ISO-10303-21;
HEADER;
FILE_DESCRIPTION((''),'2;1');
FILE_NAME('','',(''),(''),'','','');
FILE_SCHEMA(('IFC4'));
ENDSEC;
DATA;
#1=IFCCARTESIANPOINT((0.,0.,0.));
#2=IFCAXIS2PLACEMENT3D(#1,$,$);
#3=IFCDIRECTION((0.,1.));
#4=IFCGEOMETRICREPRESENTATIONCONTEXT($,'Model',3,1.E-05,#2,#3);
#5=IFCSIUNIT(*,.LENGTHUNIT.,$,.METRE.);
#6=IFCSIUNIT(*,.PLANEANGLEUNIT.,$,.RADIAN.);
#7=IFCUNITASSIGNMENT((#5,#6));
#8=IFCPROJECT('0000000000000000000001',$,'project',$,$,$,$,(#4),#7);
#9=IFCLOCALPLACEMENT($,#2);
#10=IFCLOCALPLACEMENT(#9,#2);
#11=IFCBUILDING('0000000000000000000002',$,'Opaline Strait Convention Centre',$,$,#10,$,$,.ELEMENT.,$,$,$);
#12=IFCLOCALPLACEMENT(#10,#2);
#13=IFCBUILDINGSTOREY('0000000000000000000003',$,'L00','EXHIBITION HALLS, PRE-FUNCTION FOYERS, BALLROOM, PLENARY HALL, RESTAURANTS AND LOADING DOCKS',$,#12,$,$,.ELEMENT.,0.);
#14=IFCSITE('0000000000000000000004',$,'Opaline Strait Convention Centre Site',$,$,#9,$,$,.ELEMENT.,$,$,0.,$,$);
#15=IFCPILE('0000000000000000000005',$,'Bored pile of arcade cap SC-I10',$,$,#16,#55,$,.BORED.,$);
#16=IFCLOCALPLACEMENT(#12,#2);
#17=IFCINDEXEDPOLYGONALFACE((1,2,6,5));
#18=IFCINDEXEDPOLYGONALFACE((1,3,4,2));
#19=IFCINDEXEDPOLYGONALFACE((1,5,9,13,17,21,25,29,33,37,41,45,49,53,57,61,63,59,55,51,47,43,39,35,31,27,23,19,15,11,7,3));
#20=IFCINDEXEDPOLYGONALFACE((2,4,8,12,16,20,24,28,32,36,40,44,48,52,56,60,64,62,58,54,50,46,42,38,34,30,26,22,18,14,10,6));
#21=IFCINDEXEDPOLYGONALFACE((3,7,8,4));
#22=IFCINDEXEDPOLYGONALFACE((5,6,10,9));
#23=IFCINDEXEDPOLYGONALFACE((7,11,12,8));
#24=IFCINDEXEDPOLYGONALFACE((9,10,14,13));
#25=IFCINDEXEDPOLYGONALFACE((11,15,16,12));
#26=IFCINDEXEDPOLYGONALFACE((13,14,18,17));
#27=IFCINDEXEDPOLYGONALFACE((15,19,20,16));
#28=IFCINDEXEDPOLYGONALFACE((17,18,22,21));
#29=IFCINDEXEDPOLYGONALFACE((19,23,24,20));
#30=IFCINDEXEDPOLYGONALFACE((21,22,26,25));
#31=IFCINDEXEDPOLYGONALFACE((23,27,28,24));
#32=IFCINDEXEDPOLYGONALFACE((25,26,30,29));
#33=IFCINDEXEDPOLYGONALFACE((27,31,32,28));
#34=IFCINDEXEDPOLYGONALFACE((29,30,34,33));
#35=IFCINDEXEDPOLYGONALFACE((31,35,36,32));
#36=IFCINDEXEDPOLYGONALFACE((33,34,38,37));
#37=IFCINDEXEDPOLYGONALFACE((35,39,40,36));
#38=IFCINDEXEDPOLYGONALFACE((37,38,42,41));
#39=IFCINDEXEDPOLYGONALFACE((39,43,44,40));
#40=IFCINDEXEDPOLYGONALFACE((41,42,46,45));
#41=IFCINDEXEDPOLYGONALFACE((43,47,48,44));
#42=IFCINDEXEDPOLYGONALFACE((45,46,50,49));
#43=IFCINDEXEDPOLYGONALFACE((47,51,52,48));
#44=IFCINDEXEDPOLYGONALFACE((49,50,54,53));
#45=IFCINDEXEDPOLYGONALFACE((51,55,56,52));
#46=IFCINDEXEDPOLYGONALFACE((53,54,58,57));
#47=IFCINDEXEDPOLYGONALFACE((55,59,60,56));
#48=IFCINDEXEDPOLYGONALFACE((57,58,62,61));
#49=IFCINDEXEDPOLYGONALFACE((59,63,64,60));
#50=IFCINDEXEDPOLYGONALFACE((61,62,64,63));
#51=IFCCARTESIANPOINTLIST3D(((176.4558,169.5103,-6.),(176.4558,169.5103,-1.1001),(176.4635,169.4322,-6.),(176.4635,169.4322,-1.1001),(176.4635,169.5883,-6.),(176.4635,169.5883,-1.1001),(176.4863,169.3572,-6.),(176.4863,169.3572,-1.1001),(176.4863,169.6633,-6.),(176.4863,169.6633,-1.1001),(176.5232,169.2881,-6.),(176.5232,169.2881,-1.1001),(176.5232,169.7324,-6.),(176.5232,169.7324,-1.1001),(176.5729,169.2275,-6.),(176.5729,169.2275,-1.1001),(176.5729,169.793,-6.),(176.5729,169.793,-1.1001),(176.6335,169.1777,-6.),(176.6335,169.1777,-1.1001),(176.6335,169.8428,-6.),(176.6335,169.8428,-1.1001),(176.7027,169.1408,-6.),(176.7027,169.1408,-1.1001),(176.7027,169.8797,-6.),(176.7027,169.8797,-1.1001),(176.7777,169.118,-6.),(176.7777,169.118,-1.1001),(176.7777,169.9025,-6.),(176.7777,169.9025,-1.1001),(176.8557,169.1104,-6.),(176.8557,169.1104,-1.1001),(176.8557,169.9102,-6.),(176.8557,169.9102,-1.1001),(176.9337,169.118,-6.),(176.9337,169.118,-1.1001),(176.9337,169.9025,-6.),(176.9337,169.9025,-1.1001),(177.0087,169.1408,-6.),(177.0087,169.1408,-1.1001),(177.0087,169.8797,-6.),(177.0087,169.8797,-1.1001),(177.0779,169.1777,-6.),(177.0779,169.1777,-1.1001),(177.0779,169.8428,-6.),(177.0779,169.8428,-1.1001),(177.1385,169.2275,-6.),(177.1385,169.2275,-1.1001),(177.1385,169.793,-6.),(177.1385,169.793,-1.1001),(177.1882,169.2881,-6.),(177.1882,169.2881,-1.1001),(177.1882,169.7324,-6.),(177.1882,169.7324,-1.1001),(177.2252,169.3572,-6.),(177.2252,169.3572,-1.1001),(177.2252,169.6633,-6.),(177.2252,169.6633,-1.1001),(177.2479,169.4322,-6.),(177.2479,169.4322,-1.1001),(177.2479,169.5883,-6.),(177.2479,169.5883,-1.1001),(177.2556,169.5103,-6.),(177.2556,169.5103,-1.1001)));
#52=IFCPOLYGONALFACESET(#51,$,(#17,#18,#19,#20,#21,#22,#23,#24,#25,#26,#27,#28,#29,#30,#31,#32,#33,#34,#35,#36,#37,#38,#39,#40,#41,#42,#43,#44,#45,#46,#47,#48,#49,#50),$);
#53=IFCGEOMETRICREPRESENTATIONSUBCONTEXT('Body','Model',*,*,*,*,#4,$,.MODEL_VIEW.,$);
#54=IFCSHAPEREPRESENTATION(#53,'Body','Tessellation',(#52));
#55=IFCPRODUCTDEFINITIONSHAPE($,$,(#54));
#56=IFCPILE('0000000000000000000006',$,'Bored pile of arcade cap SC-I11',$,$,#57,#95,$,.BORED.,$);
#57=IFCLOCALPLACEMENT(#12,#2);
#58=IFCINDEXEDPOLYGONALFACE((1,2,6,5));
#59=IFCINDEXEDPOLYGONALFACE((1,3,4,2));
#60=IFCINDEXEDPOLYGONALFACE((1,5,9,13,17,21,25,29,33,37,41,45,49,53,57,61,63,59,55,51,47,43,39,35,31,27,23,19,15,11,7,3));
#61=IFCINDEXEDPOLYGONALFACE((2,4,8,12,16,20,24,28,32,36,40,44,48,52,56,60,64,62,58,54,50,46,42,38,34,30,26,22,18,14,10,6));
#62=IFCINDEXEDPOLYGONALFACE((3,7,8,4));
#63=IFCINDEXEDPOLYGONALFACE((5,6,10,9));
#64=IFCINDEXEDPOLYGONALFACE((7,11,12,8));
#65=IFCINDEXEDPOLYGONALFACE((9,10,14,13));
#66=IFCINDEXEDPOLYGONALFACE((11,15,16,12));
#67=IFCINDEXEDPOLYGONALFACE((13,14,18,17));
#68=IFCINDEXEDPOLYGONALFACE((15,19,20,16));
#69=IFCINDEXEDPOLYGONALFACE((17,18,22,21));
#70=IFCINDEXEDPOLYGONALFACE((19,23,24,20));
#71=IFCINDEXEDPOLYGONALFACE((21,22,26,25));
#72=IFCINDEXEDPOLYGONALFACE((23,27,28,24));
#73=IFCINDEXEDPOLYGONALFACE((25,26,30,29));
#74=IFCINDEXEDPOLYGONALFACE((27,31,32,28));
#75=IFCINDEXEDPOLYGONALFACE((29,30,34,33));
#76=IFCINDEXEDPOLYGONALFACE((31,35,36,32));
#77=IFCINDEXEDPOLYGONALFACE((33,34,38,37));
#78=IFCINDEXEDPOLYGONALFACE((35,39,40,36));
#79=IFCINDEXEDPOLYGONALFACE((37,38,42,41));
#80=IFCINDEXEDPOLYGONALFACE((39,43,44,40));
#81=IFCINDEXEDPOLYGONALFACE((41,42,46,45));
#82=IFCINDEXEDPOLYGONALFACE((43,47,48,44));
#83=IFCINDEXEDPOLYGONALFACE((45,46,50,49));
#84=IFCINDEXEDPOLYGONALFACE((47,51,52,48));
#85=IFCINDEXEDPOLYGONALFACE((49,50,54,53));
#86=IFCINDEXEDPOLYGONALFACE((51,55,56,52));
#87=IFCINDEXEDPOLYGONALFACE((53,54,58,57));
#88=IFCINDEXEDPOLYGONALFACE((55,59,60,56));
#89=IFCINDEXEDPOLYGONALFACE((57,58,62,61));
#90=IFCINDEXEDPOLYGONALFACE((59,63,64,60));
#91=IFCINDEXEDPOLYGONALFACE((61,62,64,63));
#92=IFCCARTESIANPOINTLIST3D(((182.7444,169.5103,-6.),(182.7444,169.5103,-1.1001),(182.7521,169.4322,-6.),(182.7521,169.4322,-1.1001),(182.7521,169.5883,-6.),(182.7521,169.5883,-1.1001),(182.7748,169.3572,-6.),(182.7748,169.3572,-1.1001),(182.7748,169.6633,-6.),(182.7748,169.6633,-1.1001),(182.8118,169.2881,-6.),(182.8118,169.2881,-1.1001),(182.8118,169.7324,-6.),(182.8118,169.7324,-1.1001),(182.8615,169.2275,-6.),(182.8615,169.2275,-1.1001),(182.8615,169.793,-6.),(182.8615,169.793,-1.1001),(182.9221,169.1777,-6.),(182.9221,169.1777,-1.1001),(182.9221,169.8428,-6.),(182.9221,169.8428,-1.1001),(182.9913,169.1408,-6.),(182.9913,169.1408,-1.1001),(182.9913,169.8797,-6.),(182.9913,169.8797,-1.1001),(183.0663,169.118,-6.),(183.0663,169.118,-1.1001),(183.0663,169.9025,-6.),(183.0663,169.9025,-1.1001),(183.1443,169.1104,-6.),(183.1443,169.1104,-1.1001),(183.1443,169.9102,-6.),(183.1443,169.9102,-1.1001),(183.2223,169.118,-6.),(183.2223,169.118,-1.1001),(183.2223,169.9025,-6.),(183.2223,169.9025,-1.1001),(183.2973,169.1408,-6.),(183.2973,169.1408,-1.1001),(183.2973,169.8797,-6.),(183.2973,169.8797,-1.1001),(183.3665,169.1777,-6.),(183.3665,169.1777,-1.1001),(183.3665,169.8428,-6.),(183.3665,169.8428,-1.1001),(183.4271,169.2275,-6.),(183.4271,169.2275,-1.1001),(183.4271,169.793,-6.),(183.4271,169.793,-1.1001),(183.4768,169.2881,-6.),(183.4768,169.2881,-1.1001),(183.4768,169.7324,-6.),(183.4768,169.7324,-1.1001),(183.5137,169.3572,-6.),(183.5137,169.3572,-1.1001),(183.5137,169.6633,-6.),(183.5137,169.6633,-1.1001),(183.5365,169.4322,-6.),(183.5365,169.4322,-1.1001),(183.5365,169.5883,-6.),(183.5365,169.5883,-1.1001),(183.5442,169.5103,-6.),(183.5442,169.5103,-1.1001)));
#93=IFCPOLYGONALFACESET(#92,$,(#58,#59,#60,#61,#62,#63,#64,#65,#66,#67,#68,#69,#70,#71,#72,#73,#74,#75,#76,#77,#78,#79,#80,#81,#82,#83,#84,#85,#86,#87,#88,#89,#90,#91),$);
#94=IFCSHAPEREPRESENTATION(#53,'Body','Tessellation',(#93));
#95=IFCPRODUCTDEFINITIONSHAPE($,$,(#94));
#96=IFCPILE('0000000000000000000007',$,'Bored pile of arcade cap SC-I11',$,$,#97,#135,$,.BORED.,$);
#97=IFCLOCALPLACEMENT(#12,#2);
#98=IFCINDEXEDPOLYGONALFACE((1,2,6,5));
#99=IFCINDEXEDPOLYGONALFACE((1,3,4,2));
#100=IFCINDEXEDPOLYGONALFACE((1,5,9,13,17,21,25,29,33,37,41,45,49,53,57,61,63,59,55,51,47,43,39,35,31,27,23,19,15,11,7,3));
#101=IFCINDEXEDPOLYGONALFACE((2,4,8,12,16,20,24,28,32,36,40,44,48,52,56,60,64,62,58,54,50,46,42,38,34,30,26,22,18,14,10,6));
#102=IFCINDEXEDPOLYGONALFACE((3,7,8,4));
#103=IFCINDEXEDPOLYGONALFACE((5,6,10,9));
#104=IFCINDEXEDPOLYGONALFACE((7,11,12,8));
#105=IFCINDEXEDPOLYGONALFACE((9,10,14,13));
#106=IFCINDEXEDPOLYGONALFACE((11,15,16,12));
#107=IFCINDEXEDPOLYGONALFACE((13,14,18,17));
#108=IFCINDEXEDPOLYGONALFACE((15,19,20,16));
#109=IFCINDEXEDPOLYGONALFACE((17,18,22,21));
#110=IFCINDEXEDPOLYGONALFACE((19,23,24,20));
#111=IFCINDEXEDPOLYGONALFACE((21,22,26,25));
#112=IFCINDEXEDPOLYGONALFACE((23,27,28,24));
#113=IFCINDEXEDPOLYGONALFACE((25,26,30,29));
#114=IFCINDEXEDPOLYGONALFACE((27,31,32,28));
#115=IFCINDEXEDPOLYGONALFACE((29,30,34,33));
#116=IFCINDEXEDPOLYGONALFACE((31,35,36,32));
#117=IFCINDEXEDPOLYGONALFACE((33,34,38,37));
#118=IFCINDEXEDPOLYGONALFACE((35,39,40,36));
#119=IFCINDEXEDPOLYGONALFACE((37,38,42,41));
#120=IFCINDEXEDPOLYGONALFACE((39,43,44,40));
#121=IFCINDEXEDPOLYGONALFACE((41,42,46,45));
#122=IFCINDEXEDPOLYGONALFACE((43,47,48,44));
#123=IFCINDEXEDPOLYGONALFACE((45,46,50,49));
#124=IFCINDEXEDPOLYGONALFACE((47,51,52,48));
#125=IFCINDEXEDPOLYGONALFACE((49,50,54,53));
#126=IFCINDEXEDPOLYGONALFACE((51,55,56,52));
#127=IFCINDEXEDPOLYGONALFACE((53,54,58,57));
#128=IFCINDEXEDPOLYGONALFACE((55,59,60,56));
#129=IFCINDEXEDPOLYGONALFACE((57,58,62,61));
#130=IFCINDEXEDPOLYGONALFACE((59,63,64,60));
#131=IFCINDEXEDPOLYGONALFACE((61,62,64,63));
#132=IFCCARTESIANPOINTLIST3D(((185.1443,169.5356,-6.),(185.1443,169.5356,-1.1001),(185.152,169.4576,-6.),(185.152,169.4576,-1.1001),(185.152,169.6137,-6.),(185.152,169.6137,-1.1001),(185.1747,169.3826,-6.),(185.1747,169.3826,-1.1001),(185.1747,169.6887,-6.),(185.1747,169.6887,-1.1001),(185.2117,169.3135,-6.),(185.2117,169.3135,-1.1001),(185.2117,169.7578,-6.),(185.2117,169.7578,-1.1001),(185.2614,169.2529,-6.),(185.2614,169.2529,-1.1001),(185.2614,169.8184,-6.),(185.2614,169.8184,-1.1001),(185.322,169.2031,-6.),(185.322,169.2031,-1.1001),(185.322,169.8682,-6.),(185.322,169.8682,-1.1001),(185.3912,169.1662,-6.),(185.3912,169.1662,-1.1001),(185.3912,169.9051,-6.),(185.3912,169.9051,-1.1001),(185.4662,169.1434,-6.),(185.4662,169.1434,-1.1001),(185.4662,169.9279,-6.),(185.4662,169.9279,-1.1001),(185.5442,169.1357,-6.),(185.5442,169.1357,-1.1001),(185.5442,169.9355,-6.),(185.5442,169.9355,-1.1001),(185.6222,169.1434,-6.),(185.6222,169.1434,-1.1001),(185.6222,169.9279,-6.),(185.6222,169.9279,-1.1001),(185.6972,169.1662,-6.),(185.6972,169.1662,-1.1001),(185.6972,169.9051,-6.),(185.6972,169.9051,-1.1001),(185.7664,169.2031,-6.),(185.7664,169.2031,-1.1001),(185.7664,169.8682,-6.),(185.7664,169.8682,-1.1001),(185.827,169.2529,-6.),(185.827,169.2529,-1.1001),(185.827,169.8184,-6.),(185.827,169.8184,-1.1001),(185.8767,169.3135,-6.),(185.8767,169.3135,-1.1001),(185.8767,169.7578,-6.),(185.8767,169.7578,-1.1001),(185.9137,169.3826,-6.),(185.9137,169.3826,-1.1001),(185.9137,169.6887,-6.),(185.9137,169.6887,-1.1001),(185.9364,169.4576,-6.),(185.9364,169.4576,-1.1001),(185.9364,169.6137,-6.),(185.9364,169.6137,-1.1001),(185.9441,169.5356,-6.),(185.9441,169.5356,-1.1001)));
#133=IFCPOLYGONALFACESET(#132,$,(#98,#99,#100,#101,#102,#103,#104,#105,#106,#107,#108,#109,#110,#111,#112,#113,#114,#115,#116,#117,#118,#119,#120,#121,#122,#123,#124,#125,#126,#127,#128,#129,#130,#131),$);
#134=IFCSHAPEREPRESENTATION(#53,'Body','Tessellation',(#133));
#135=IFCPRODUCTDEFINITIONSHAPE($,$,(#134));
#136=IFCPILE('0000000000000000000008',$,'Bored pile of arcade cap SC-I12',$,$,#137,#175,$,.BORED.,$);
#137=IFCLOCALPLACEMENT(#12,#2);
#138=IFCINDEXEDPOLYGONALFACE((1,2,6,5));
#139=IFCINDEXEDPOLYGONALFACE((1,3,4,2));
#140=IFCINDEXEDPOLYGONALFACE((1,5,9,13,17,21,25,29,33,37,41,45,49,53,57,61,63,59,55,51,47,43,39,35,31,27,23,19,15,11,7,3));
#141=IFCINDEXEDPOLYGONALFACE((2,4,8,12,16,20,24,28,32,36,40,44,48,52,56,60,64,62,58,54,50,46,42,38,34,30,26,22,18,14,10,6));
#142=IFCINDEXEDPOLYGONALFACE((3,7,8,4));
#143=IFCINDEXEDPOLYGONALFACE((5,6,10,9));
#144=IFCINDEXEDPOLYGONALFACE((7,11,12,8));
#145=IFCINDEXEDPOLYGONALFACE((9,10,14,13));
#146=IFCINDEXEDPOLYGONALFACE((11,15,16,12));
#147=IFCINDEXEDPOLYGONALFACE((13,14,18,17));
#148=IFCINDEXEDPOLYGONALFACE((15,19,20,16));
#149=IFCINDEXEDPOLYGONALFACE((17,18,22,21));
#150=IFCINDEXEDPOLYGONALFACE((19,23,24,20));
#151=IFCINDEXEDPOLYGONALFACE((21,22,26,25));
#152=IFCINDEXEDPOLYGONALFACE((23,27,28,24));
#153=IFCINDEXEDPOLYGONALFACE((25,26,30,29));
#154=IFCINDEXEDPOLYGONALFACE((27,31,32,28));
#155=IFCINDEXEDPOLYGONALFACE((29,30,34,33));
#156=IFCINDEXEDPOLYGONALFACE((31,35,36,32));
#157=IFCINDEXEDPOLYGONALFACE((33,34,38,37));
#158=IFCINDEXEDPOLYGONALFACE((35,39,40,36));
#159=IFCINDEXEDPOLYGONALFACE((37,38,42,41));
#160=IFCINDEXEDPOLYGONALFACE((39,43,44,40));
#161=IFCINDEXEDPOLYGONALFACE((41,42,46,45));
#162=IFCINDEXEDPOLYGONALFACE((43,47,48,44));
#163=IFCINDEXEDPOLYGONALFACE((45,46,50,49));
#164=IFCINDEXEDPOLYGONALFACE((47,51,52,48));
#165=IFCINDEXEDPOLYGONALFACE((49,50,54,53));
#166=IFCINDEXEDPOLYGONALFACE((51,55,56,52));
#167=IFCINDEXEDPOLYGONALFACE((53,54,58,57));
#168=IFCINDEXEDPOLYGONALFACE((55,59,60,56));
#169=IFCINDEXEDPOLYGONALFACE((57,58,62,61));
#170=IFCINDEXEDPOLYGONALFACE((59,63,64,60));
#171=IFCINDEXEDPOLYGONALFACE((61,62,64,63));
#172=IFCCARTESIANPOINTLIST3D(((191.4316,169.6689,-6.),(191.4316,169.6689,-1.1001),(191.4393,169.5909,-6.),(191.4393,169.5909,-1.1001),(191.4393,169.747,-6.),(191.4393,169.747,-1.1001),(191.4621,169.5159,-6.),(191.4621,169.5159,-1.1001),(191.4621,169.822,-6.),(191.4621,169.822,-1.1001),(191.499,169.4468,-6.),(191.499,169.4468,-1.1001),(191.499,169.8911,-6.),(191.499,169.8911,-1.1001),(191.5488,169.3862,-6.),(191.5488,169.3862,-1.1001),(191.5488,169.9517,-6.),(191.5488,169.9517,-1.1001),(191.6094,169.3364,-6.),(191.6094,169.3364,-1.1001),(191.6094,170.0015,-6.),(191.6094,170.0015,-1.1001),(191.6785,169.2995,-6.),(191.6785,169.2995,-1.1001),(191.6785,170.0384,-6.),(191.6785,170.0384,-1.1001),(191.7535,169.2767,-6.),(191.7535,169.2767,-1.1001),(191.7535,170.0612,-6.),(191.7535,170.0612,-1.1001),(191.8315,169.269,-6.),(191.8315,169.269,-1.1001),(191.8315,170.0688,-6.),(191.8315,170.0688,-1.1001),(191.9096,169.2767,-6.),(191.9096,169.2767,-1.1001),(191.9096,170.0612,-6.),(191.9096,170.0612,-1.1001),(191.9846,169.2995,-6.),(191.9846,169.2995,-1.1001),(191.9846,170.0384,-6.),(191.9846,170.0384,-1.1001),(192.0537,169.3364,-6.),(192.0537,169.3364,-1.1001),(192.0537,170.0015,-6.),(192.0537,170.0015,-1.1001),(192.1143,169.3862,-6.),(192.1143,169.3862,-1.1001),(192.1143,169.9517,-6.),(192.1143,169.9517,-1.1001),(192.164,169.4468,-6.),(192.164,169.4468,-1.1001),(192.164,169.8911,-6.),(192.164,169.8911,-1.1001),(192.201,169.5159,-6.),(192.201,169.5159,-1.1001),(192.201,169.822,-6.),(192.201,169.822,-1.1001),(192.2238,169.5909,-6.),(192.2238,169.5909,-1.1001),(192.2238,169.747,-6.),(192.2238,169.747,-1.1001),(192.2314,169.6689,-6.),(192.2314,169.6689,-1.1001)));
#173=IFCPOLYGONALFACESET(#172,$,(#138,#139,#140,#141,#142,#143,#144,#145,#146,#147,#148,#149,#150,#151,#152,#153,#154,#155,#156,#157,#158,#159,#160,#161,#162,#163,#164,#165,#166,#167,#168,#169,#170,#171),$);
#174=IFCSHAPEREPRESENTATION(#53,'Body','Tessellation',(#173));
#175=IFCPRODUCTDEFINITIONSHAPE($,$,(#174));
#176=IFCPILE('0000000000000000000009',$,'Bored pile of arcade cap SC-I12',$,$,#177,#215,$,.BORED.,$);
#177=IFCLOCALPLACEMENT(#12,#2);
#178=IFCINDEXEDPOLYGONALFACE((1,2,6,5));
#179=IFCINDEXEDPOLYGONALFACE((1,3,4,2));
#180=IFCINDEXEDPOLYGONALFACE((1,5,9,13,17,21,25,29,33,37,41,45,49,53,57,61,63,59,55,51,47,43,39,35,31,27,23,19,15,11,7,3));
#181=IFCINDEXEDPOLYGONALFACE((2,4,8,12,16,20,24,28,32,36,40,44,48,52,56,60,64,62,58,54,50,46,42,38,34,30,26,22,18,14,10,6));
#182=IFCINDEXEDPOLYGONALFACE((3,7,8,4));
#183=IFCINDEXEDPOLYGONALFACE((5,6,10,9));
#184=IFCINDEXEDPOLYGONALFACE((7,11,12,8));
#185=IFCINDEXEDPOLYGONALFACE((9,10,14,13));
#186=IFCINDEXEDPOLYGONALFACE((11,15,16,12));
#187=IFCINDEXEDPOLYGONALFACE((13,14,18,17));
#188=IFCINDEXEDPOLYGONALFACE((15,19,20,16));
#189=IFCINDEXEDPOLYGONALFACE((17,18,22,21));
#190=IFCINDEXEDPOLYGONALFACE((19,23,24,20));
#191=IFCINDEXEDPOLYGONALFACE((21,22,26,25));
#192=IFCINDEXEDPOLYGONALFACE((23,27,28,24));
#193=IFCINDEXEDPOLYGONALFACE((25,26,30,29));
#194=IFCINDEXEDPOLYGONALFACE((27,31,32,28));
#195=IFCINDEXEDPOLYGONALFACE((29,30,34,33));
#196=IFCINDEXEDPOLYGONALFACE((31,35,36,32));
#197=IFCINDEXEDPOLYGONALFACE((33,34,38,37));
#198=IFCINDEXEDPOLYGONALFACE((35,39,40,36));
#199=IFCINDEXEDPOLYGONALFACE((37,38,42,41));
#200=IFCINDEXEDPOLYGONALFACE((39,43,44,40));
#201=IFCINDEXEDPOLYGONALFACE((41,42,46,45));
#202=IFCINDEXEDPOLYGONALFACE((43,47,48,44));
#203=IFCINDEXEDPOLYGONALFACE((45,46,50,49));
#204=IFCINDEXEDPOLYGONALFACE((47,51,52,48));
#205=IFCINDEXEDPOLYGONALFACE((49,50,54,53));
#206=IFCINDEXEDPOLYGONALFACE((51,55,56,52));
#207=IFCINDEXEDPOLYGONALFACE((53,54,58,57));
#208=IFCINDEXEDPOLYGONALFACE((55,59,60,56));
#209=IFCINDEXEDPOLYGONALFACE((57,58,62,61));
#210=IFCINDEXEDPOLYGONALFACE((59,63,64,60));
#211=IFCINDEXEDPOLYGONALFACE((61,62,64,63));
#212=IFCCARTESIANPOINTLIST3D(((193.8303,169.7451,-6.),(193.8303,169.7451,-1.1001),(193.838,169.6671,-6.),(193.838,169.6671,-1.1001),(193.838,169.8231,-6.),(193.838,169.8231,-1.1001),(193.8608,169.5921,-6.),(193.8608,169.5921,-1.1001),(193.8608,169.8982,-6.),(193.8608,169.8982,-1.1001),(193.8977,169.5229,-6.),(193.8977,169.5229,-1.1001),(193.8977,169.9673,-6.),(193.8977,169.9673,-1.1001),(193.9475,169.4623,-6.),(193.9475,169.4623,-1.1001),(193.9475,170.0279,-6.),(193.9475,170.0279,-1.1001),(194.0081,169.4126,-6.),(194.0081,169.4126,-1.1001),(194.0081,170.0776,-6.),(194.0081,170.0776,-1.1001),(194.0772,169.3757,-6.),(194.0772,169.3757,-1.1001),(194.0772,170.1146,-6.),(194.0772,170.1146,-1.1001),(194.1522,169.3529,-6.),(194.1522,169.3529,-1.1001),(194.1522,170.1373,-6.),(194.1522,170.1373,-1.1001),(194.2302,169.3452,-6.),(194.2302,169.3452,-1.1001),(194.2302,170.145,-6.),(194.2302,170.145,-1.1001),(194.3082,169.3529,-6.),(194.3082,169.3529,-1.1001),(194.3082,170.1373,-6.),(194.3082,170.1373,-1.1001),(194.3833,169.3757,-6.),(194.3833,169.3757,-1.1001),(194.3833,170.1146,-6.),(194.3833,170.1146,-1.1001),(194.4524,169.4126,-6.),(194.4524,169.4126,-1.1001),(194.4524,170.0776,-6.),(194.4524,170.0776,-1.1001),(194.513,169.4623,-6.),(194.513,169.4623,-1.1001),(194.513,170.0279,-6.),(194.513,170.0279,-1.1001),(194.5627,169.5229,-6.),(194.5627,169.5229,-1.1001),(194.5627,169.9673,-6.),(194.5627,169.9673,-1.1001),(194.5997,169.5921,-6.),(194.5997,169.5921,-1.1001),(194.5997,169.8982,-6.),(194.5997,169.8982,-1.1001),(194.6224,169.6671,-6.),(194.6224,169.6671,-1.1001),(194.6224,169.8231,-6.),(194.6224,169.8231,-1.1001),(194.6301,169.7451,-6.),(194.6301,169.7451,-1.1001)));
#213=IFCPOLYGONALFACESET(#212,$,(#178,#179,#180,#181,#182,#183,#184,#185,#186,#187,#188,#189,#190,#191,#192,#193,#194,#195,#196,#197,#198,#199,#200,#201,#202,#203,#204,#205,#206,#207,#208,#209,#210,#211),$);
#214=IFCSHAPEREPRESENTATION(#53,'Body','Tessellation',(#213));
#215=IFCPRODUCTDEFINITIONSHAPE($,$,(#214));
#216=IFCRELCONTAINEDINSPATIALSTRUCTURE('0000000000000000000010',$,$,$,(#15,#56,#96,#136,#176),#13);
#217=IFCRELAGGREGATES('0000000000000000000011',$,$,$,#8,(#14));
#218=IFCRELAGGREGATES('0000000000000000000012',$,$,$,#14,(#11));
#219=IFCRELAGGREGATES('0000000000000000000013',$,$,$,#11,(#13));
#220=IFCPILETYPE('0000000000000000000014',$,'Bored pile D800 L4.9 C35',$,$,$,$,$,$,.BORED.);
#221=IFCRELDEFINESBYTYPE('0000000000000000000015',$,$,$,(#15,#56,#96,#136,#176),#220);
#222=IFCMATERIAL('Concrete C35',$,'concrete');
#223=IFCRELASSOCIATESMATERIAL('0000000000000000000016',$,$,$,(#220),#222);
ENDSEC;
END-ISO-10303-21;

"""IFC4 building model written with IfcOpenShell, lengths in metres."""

from ifc_helpers import new_model, si_unit, direction, frame, origin, origin_2d, place, context, subcontext, project, spatial, circle, extrude, material, material_profile, profile_set, type_object, element, save


model = new_model("IFC4")

# Units and contexts
model_context = context("Model", 3, precision=1e-05, world=origin(), true_north=direction((0.0, 1.0)))
body_context = subcontext(model_context, "Body", "Model", "MODEL_VIEW")
ifc_project = project(units=[si_unit("LENGTHUNIT", "METRE"), si_unit("PLANEANGLEUNIT", "RADIAN")], contexts=[model_context])

# Site, building, storey
site_placement = place(None, origin())
site = spatial("IfcSite", under=ifc_project, at=site_placement, Name="Opaline Strait Convention Centre Site", CompositionType="ELEMENT", RefElevation=0.0)
building_placement = place(site_placement, origin())
building = spatial("IfcBuilding", under=site, at=building_placement, Name="Opaline Strait Convention Centre", CompositionType="ELEMENT")
storey_placement = place(building_placement, origin())
storey = spatial("IfcBuildingStorey", under=building, at=storey_placement, Name="L00", Description="EXHIBITION HALLS, PRE-FUNCTION FOYERS, BALLROOM, PLENARY HALL, RESTAURANTS AND LOADING DOCKS", CompositionType="ELEMENT", Elevation=0.0)

# Piles
ifc_material_1 = material(Name="Concrete C35", Category="concrete")
ifc_material_profile_1 = material_profile(ifc_material_1, circle(Radius=0.3999, at=origin_2d()), Name="D800")
ifc_profile_set_1 = profile_set([ifc_material_profile_1], Name="Concrete C35")
pile_type = type_object("IfcPileType", Name="Bored pile D800 L4.9 C35", PredefinedType="BORED", material=ifc_profile_set_1)
for number, where, z_axis, x_axis, name in (
    (1, (176.8557, 169.5103, -1.1001), (0.0, 0.0, -1.0), (1.0, 0.0, 0.0), "Bored pile of arcade cap SC-I10"),
    (2, (183.1443, 169.5103, -1.1001), (0.0, 0.0, -1.0), (1.0, 0.0, 0.0), "Bored pile of arcade cap SC-I11"),
    (3, (185.5442, 169.5356, -1.1001), (0.0, 0.0, -1.0), (1.0, 0.0, 0.0), "Bored pile of arcade cap SC-I11"),
    (4, (191.8315, 169.6689, -1.1001), (0.0, 0.0, -1.0), (1.0, 0.0, 0.0), "Bored pile of arcade cap SC-I12"),
    (5, (194.2302, 169.7451, -1.1001), (0.0, 0.0, -1.0), (1.0, 0.0, 0.0), "Bored pile of arcade cap SC-I12"),
):
    element("IfcPile", number, at=place(storey_placement, frame(where, z_axis=z_axis, x_axis=x_axis)), inside=storey, type_object=pile_type, Name=name, PredefinedType="BORED", context=body_context, shape_type="SweptSolid", body=[
        extrude(circle(Radius=0.3999, at=origin_2d()), origin(), (0.0, 0.0, 1.0), 4.8999),
    ])

save(model, "model.ifc")
